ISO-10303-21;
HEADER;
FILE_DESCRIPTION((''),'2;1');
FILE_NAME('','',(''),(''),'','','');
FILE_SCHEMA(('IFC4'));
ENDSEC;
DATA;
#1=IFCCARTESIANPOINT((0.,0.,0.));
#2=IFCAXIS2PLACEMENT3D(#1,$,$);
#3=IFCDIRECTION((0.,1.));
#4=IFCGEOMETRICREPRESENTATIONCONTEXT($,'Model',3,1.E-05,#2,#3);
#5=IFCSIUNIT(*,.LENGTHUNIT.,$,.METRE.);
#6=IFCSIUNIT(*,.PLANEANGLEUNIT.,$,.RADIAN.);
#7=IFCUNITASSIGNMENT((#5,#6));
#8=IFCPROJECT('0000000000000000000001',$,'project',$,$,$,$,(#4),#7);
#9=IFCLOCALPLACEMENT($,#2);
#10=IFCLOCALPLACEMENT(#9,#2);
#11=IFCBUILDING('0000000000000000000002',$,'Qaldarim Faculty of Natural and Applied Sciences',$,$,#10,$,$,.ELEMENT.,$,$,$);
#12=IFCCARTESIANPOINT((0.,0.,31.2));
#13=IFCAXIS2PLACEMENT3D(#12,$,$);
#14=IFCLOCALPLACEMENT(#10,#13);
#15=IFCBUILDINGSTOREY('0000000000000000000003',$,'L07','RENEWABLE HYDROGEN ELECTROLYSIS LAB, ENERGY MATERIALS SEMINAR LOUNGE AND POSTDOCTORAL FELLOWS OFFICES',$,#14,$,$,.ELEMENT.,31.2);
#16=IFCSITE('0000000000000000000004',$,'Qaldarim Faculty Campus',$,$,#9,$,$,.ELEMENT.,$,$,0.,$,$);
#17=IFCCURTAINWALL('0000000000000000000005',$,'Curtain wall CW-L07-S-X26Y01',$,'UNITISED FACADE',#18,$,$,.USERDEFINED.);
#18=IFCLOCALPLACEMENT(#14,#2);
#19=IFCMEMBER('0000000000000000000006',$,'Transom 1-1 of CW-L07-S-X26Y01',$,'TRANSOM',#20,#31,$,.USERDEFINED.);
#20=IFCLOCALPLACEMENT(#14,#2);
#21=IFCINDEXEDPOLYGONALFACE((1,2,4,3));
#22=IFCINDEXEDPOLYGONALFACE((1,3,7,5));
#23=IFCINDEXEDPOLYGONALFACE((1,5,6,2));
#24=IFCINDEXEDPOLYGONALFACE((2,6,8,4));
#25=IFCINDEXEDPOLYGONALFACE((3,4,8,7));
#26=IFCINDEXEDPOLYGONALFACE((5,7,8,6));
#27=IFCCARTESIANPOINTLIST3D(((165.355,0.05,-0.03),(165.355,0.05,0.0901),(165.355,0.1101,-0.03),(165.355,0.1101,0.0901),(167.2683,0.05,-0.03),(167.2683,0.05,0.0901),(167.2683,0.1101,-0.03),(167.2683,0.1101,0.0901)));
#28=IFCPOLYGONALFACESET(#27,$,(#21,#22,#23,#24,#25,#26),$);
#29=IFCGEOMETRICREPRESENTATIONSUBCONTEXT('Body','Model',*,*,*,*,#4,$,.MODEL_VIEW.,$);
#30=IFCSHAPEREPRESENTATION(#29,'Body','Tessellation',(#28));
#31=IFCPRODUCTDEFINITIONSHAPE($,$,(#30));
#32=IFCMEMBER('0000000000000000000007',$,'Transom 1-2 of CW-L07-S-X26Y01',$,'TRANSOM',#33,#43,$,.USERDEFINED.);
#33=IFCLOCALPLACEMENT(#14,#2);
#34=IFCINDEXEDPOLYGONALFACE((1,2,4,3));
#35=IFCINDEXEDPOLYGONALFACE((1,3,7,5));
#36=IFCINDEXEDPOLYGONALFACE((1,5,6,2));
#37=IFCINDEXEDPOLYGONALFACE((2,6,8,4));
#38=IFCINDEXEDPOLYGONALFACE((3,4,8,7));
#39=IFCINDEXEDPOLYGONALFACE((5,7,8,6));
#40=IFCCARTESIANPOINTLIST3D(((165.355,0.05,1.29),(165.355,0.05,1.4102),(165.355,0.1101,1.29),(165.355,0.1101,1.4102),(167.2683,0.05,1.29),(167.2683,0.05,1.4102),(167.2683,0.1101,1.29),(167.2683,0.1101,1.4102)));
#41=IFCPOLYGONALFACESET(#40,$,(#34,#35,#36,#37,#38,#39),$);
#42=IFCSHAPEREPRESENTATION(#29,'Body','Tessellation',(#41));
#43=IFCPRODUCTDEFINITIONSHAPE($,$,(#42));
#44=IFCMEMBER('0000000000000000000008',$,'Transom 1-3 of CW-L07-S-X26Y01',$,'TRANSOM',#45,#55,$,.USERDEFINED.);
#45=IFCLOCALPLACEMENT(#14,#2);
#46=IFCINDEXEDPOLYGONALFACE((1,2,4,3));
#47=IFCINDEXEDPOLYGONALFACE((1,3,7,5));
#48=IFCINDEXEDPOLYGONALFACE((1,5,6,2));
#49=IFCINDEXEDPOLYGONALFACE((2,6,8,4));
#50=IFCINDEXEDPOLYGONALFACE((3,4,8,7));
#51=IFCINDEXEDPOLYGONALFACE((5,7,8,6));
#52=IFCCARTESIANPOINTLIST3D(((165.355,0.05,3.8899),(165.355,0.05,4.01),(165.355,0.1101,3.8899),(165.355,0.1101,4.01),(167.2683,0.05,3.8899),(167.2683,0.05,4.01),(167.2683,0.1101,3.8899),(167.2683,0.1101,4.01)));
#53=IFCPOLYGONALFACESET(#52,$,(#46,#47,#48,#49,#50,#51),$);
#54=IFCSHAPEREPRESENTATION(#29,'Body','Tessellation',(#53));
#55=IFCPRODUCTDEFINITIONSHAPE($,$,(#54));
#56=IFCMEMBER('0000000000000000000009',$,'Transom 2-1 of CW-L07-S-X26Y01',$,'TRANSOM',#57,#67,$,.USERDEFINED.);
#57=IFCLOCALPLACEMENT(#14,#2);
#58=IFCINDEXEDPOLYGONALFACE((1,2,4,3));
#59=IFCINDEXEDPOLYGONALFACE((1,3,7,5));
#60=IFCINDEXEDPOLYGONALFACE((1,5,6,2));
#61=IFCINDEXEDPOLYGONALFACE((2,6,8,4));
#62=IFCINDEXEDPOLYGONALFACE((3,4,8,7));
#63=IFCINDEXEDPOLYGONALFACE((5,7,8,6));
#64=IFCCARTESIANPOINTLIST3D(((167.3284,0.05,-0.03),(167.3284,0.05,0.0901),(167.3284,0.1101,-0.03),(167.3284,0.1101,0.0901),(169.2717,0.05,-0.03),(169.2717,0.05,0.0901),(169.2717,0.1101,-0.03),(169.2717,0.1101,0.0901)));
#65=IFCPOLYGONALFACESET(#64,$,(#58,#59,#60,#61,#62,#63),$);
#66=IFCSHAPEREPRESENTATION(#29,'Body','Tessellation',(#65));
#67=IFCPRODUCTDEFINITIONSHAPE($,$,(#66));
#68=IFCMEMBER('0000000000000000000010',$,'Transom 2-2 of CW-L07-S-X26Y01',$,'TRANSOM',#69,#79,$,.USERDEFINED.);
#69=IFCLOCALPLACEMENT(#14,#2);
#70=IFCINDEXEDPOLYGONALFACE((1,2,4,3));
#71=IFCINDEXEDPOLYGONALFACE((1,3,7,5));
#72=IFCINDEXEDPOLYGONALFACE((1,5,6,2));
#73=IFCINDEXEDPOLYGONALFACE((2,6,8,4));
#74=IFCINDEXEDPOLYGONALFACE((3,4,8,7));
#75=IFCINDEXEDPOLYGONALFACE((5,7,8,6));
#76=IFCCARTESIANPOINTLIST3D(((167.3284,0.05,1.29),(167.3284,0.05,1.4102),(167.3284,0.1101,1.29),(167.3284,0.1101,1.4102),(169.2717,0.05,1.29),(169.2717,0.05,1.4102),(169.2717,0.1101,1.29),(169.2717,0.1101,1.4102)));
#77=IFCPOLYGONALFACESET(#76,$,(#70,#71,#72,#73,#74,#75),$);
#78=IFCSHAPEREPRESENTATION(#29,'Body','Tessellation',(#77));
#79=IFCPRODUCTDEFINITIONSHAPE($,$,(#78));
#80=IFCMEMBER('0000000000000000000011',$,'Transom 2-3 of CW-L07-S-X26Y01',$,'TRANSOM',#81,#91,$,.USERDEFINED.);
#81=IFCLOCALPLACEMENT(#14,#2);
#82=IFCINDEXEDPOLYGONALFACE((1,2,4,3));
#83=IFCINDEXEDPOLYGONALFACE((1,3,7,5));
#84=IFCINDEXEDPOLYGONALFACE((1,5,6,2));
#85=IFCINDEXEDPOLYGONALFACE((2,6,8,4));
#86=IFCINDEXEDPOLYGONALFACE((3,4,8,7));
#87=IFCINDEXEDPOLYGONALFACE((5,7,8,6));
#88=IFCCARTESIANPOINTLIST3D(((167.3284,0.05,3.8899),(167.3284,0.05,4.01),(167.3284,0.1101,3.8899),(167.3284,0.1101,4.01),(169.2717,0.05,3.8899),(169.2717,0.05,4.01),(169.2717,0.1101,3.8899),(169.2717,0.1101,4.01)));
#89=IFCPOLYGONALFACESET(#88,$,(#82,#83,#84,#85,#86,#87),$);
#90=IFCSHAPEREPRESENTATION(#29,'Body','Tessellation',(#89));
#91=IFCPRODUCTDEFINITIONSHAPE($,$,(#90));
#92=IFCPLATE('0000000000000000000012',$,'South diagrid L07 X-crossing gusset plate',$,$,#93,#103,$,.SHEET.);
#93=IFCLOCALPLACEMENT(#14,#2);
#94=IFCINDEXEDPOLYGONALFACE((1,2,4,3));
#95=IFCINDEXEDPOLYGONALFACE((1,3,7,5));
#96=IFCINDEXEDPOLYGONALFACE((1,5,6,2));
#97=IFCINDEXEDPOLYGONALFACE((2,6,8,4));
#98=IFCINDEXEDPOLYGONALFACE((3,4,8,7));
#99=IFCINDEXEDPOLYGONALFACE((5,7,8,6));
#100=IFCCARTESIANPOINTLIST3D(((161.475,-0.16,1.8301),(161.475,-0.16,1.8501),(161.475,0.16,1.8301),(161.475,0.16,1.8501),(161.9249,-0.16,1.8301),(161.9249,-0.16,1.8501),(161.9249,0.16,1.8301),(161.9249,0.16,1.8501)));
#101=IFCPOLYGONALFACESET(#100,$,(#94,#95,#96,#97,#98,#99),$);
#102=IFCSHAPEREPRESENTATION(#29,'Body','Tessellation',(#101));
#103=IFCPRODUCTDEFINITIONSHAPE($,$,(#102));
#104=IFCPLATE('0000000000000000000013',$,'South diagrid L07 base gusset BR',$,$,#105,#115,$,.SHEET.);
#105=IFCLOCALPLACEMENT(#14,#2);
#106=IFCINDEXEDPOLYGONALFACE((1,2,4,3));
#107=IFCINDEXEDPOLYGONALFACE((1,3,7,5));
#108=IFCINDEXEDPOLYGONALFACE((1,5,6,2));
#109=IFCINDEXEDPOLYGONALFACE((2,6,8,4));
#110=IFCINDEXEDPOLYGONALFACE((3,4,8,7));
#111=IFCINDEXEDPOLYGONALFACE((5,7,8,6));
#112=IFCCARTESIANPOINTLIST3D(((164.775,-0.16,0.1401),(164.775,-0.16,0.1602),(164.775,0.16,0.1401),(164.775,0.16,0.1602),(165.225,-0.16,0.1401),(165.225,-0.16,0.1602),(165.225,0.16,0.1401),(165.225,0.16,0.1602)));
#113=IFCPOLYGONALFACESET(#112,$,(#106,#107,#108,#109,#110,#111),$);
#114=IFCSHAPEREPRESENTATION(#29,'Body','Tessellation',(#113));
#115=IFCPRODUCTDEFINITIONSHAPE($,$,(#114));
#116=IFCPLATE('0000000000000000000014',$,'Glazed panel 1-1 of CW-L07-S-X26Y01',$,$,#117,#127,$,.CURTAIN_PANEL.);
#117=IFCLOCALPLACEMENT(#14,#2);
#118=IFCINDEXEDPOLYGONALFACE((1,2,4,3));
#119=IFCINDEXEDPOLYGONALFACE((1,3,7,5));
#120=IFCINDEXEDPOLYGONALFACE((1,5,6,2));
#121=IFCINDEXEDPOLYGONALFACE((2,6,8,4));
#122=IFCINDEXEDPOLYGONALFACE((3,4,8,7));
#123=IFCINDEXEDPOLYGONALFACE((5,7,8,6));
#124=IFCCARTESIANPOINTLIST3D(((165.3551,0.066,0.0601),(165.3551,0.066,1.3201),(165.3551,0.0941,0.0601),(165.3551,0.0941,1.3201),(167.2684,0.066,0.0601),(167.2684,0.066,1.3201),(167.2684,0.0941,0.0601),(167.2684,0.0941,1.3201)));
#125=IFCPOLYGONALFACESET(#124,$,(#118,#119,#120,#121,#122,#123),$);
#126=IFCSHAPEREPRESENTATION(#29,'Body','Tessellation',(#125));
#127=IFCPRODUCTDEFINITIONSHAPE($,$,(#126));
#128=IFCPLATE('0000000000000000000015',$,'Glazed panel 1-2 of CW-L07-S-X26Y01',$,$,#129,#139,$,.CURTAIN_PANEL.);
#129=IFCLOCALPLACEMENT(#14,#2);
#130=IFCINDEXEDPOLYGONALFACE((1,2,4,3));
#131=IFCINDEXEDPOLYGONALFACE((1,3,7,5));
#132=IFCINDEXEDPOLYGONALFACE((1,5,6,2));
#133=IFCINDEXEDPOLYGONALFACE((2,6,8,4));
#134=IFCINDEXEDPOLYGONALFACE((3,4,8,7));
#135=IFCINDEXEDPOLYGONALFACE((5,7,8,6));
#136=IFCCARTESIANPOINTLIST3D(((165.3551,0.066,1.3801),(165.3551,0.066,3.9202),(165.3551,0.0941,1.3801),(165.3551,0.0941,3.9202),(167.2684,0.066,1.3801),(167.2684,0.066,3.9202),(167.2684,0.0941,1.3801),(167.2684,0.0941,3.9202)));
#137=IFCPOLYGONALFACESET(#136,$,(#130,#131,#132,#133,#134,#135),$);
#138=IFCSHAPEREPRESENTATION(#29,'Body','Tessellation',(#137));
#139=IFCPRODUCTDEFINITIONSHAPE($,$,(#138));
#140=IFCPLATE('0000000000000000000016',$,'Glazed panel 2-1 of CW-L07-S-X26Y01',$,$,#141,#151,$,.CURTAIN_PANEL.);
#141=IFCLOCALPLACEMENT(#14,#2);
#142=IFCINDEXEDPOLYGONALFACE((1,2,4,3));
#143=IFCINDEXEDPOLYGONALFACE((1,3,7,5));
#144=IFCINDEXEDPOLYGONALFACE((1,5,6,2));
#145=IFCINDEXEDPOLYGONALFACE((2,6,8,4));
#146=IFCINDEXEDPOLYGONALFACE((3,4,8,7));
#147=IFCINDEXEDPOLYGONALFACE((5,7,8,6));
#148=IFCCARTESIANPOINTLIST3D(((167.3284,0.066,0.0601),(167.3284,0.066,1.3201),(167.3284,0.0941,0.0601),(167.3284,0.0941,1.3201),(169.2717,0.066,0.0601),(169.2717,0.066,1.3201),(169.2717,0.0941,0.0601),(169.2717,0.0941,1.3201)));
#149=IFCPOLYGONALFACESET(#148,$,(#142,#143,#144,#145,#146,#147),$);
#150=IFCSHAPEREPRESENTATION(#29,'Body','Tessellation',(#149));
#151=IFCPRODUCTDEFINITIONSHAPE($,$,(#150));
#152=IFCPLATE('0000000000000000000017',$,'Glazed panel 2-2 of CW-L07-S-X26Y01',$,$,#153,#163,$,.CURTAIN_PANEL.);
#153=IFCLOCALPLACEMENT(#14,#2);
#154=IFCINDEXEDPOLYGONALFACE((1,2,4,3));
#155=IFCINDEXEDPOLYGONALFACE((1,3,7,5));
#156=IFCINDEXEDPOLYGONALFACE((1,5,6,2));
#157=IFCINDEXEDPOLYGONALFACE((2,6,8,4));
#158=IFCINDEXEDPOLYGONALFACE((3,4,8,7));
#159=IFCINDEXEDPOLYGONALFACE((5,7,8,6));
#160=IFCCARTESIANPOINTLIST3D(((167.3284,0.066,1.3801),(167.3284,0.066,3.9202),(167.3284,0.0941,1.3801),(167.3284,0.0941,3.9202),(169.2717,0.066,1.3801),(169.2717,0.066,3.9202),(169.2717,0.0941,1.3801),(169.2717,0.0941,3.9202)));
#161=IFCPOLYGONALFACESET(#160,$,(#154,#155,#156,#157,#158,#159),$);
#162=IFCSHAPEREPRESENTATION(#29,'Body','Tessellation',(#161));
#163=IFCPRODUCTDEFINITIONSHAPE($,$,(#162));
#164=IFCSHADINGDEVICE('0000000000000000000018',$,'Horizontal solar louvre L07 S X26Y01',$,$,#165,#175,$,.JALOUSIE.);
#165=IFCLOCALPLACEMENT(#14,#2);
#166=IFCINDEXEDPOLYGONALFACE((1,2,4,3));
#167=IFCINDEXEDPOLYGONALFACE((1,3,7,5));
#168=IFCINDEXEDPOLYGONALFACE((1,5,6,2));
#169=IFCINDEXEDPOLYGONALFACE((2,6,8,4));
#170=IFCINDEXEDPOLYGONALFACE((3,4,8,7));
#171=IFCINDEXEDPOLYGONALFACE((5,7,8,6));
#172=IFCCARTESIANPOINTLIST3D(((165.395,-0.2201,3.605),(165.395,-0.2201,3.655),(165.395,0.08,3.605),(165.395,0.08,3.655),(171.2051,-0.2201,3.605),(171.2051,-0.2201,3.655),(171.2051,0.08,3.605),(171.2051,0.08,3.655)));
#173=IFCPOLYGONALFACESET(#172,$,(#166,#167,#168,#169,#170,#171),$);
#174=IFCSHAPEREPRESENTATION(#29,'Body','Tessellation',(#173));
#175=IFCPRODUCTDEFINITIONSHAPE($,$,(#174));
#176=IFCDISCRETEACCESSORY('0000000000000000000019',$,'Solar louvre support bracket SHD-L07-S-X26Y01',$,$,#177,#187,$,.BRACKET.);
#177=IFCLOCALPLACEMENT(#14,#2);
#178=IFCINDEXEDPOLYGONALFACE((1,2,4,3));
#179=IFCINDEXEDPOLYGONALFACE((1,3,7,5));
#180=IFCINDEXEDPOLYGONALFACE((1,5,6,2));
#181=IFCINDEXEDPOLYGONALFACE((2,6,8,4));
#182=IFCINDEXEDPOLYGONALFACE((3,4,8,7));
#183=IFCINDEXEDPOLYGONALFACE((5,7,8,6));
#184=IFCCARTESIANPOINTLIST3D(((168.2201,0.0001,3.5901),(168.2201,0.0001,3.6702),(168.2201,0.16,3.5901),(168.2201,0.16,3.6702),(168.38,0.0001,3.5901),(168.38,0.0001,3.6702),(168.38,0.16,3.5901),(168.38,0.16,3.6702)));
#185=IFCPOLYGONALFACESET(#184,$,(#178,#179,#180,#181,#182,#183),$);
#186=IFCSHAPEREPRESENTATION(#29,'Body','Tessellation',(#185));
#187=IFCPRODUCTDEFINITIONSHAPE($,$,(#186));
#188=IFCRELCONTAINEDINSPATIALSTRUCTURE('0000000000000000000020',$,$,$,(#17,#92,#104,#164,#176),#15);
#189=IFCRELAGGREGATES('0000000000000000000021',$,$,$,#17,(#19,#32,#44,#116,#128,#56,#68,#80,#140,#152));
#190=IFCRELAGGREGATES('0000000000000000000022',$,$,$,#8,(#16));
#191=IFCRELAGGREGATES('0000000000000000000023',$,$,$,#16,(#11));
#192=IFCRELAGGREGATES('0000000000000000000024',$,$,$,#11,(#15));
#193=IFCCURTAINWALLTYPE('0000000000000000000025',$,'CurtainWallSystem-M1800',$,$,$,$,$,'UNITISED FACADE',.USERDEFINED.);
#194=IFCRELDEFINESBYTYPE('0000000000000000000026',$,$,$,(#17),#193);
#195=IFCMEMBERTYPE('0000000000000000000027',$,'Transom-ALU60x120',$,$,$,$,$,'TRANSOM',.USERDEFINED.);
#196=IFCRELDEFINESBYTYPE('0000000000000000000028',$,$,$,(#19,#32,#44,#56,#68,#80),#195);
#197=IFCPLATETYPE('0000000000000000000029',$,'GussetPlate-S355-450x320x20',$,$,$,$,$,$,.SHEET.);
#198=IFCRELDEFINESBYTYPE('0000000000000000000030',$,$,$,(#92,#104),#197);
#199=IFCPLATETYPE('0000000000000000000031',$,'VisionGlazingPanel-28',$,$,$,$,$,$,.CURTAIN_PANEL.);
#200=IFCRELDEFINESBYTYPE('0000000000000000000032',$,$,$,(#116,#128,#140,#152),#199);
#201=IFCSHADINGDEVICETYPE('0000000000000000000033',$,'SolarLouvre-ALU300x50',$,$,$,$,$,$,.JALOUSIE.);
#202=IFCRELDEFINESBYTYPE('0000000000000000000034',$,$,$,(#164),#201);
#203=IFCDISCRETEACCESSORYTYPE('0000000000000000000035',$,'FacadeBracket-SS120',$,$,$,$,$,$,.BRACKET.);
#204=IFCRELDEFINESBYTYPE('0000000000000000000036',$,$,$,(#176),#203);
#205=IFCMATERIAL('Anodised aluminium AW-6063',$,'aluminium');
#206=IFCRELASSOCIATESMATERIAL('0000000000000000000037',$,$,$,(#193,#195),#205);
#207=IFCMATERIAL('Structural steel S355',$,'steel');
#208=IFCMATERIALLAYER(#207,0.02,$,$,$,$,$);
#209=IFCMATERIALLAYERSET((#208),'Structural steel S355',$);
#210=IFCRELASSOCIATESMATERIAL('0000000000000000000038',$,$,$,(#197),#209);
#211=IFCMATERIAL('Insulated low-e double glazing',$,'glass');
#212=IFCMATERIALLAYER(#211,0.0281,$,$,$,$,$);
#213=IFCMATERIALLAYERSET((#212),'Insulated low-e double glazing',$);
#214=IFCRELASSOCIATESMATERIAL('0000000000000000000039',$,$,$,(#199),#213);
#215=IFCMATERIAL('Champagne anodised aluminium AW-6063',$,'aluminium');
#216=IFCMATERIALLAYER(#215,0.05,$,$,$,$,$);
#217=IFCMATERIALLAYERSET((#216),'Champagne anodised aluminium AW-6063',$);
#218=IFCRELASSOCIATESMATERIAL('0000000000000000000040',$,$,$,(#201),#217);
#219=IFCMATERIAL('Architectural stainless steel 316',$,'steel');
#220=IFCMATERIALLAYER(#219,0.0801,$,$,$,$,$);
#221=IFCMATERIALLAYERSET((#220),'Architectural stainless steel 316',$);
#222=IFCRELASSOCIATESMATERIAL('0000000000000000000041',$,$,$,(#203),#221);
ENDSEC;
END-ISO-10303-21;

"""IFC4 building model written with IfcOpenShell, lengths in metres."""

from ifc_helpers import new_model, si_unit, direction, frame, origin, origin_2d, place, context, subcontext, project, spatial, rectangle, extrude, material, layer, layer_set, material_profile, profile_set, type_object, element, aggregate, save


model = new_model("IFC4")

# Units and contexts
model_context = context("Model", 3, precision=1e-05, world=origin(), true_north=direction((0.0, 1.0)))
body_context = subcontext(model_context, "Body", "Model", "MODEL_VIEW")
ifc_project = project(units=[si_unit("LENGTHUNIT", "METRE"), si_unit("PLANEANGLEUNIT", "RADIAN")], contexts=[model_context])

# Site, building, storey
site_placement = place(None, origin())
site = spatial("IfcSite", under=ifc_project, at=site_placement, Name="Qaldarim Faculty Campus", CompositionType="ELEMENT", RefElevation=0.0)
building_placement = place(site_placement, origin())
building = spatial("IfcBuilding", under=site, at=building_placement, Name="Qaldarim Faculty of Natural and Applied Sciences", CompositionType="ELEMENT")
storey_placement = place(building_placement, frame((0.0, 0.0, 31.2)))
storey = spatial("IfcBuildingStorey", under=building, at=storey_placement, Name="L07", Description="RENEWABLE HYDROGEN ELECTROLYSIS LAB, ENERGY MATERIALS SEMINAR LOUNGE AND POSTDOCTORAL FELLOWS OFFICES", CompositionType="ELEMENT", Elevation=31.2)

# Curtain wall
ifc_material_1 = material(Name="Anodised aluminium AW-6063", Category="aluminium")
curtain_wall_type = type_object("IfcCurtainWallType", Name="CurtainWallSystem-M1800", ElementType="UNITISED FACADE", PredefinedType="USERDEFINED", material=ifc_material_1)
curtain_wall_placement = place(storey_placement, origin())
curtain_wall = element("IfcCurtainWall", 1, at=curtain_wall_placement, inside=storey, type_object=curtain_wall_type, Name="Curtain wall CW-L07-S-X26Y01", ObjectType="UNITISED FACADE", PredefinedType="USERDEFINED")

# Shared definitions
ifc_material_2 = material(Name="Structural steel S355", Category="steel")

# Members
ifc_material_profile_1 = material_profile(ifc_material_1, rectangle(XDim=0.0601, YDim=0.1201, at=origin_2d()), Name="ALU-T60x120")
ifc_profile_set_1 = profile_set([ifc_material_profile_1], Name="Anodised aluminium AW-6063")
member_type_1 = type_object("IfcMemberType", Name="Transom-ALU60x120", ElementType="TRANSOM", PredefinedType="USERDEFINED", material=ifc_profile_set_1)
member_1_placement = place(storey_placement, frame((165.355, 0.0801, 0.03), z_axis=(1.0, 0.0, 0.0), x_axis=(0.0, 1.0, 0.0)))
member_1 = element("IfcMember", 2, at=member_1_placement, type_object=member_type_1, Name="Transom 1-1 of CW-L07-S-X26Y01", ObjectType="TRANSOM", PredefinedType="USERDEFINED", context=body_context, shape_type="SweptSolid", body=[
    extrude(rectangle(XDim=0.0601, YDim=0.1201, at=origin_2d()), origin(), (0.0, 0.0, 1.0), 1.9133),
])
member_2_placement = place(storey_placement, frame((165.355, 0.0801, 1.3501), z_axis=(1.0, 0.0, 0.0), x_axis=(0.0, 1.0, 0.0)))
member_2 = element("IfcMember", 3, at=member_2_placement, type_object=member_type_1, Name="Transom 1-2 of CW-L07-S-X26Y01", ObjectType="TRANSOM", PredefinedType="USERDEFINED", context=body_context, shape_type="SweptSolid", body=[
    extrude(rectangle(XDim=0.0601, YDim=0.1201, at=origin_2d()), origin(), (0.0, 0.0, 1.0), 1.9133),
])
member_3_placement = place(storey_placement, frame((165.355, 0.0801, 3.95), z_axis=(1.0, 0.0, 0.0), x_axis=(0.0, 1.0, 0.0)))
member_3 = element("IfcMember", 4, at=member_3_placement, type_object=member_type_1, Name="Transom 1-3 of CW-L07-S-X26Y01", ObjectType="TRANSOM", PredefinedType="USERDEFINED", context=body_context, shape_type="SweptSolid", body=[
    extrude(rectangle(XDim=0.0601, YDim=0.1201, at=origin_2d()), origin(), (0.0, 0.0, 1.0), 1.9133),
])
member_4_placement = place(storey_placement, frame((167.3284, 0.0801, 0.03), z_axis=(1.0, 0.0, 0.0), x_axis=(0.0, 1.0, 0.0)))
member_4 = element("IfcMember", 5, at=member_4_placement, type_object=member_type_1, Name="Transom 2-1 of CW-L07-S-X26Y01", ObjectType="TRANSOM", PredefinedType="USERDEFINED", context=body_context, shape_type="SweptSolid", body=[
    extrude(rectangle(XDim=0.0601, YDim=0.1201, at=origin_2d()), origin(), (0.0, 0.0, 1.0), 1.9434),
])
member_5_placement = place(storey_placement, frame((167.3284, 0.0801, 1.3501), z_axis=(1.0, 0.0, 0.0), x_axis=(0.0, 1.0, 0.0)))
member_5 = element("IfcMember", 6, at=member_5_placement, type_object=member_type_1, Name="Transom 2-2 of CW-L07-S-X26Y01", ObjectType="TRANSOM", PredefinedType="USERDEFINED", context=body_context, shape_type="SweptSolid", body=[
    extrude(rectangle(XDim=0.0601, YDim=0.1201, at=origin_2d()), origin(), (0.0, 0.0, 1.0), 1.9434),
])
member_6_placement = place(storey_placement, frame((167.3284, 0.0801, 3.95), z_axis=(1.0, 0.0, 0.0), x_axis=(0.0, 1.0, 0.0)))
member_6 = element("IfcMember", 7, at=member_6_placement, type_object=member_type_1, Name="Transom 2-3 of CW-L07-S-X26Y01", ObjectType="TRANSOM", PredefinedType="USERDEFINED", context=body_context, shape_type="SweptSolid", body=[
    extrude(rectangle(XDim=0.0601, YDim=0.1201, at=origin_2d()), origin(), (0.0, 0.0, 1.0), 1.9434),
])

# Plates
ifc_layer_1 = layer(ifc_material_2, 0.02)
ifc_layer_set_1 = layer_set([ifc_layer_1], Name="Structural steel S355")
plate_type_1 = type_object("IfcPlateType", Name="GussetPlate-S355-450x320x20", PredefinedType="SHEET", material=ifc_layer_set_1)
for number, where, z_axis, x_axis, name in (
    (8, (161.7, 0.0, 1.8301), (0.0, 0.0, 1.0), (1.0, 0.0, 0.0), "South diagrid L07 X-crossing gusset plate"),
    (9, (165.0, 0.0, 0.1401), (0.0, 0.0, 1.0), (1.0, 0.0, 0.0), "South diagrid L07 base gusset BR"),
):
    element("IfcPlate", number, at=place(storey_placement, frame(where, z_axis=z_axis, x_axis=x_axis)), inside=storey, type_object=plate_type_1, Name=name, PredefinedType="SHEET", context=body_context, shape_type="SweptSolid", body=[
        extrude(rectangle(XDim=0.45, YDim=0.3201, at=origin_2d()), origin(), (0.0, 0.0, 1.0), 0.02),
    ])

# Plates
ifc_material_3 = material(Name="Insulated low-e double glazing", Category="glass")
ifc_layer_2 = layer(ifc_material_3, 0.0281)
ifc_layer_set_2 = layer_set([ifc_layer_2], Name="Insulated low-e double glazing")
plate_type_2 = type_object("IfcPlateType", Name="VisionGlazingPanel-28", PredefinedType="CURTAIN_PANEL", material=ifc_layer_set_2)
plate_1_placement = place(storey_placement, frame((166.3118, 0.0801, 0.0601), z_axis=(0.0, 0.0, 1.0), x_axis=(1.0, 0.0, 0.0)))
plate_1 = element("IfcPlate", 10, at=plate_1_placement, type_object=plate_type_2, Name="Glazed panel 1-1 of CW-L07-S-X26Y01", PredefinedType="CURTAIN_PANEL", context=body_context, shape_type="SweptSolid", body=[
    extrude(rectangle(XDim=1.9133, YDim=0.0281, at=origin_2d()), origin(), (0.0, 0.0, 1.0), 1.26),
])
plate_2_placement = place(storey_placement, frame((166.3118, 0.0801, 1.3801), z_axis=(0.0, 0.0, 1.0), x_axis=(1.0, 0.0, 0.0)))
plate_2 = element("IfcPlate", 11, at=plate_2_placement, type_object=plate_type_2, Name="Glazed panel 1-2 of CW-L07-S-X26Y01", PredefinedType="CURTAIN_PANEL", context=body_context, shape_type="SweptSolid", body=[
    extrude(rectangle(XDim=1.9133, YDim=0.0281, at=origin_2d()), origin(), (0.0, 0.0, 1.0), 2.54),
])
plate_3_placement = place(storey_placement, frame((168.3, 0.0801, 0.0601), z_axis=(0.0, 0.0, 1.0), x_axis=(1.0, 0.0, 0.0)))
plate_3 = element("IfcPlate", 12, at=plate_3_placement, type_object=plate_type_2, Name="Glazed panel 2-1 of CW-L07-S-X26Y01", PredefinedType="CURTAIN_PANEL", context=body_context, shape_type="SweptSolid", body=[
    extrude(rectangle(XDim=1.9434, YDim=0.0281, at=origin_2d()), origin(), (0.0, 0.0, 1.0), 1.26),
])
plate_4_placement = place(storey_placement, frame((168.3, 0.0801, 1.3801), z_axis=(0.0, 0.0, 1.0), x_axis=(1.0, 0.0, 0.0)))
plate_4 = element("IfcPlate", 13, at=plate_4_placement, type_object=plate_type_2, Name="Glazed panel 2-2 of CW-L07-S-X26Y01", PredefinedType="CURTAIN_PANEL", context=body_context, shape_type="SweptSolid", body=[
    extrude(rectangle(XDim=1.9434, YDim=0.0281, at=origin_2d()), origin(), (0.0, 0.0, 1.0), 2.54),
])
aggregate(curtain_wall, [member_1, member_2, member_3, plate_1, plate_2, member_4, member_5, member_6, plate_3, plate_4])

# Shading device
ifc_material_4 = material(Name="Champagne anodised aluminium AW-6063", Category="aluminium")
ifc_layer_3 = layer(ifc_material_4, 0.05)
ifc_layer_set_3 = layer_set([ifc_layer_3], Name="Champagne anodised aluminium AW-6063")
shading_device_type = type_object("IfcShadingDeviceType", Name="SolarLouvre-ALU300x50", PredefinedType="JALOUSIE", material=ifc_layer_set_3)
shading_device_placement = place(storey_placement, frame((168.3, -0.0701, 3.605), z_axis=(0.0, 0.0, 1.0), x_axis=(1.0, 0.0, 0.0)))
element("IfcShadingDevice", 14, at=shading_device_placement, inside=storey, type_object=shading_device_type, Name="Horizontal solar louvre L07 S X26Y01", PredefinedType="JALOUSIE", context=body_context, shape_type="SweptSolid", body=[
    extrude(rectangle(XDim=5.8101, YDim=0.3, at=origin_2d()), origin(), (0.0, 0.0, 1.0), 0.05),
])

# Discrete accessory
ifc_material_5 = material(Name="Architectural stainless steel 316", Category="steel")
ifc_layer_4 = layer(ifc_material_5, 0.0801)
ifc_layer_set_4 = layer_set([ifc_layer_4], Name="Architectural stainless steel 316")
discrete_accessory_type = type_object("IfcDiscreteAccessoryType", Name="FacadeBracket-SS120", PredefinedType="BRACKET", material=ifc_layer_set_4)
discrete_accessory_placement = place(storey_placement, frame((168.3, 0.0801, 3.5901), z_axis=(0.0, 0.0, 1.0), x_axis=(1.0, 0.0, 0.0)))
element("IfcDiscreteAccessory", 15, at=discrete_accessory_placement, inside=storey, type_object=discrete_accessory_type, Name="Solar louvre support bracket SHD-L07-S-X26Y01", PredefinedType="BRACKET", context=body_context, shape_type="SweptSolid", body=[
    extrude(rectangle(XDim=0.1599, YDim=0.1599, at=origin_2d()), origin(), (0.0, 0.0, 1.0), 0.0801),
])

save(model, "model.ifc")
